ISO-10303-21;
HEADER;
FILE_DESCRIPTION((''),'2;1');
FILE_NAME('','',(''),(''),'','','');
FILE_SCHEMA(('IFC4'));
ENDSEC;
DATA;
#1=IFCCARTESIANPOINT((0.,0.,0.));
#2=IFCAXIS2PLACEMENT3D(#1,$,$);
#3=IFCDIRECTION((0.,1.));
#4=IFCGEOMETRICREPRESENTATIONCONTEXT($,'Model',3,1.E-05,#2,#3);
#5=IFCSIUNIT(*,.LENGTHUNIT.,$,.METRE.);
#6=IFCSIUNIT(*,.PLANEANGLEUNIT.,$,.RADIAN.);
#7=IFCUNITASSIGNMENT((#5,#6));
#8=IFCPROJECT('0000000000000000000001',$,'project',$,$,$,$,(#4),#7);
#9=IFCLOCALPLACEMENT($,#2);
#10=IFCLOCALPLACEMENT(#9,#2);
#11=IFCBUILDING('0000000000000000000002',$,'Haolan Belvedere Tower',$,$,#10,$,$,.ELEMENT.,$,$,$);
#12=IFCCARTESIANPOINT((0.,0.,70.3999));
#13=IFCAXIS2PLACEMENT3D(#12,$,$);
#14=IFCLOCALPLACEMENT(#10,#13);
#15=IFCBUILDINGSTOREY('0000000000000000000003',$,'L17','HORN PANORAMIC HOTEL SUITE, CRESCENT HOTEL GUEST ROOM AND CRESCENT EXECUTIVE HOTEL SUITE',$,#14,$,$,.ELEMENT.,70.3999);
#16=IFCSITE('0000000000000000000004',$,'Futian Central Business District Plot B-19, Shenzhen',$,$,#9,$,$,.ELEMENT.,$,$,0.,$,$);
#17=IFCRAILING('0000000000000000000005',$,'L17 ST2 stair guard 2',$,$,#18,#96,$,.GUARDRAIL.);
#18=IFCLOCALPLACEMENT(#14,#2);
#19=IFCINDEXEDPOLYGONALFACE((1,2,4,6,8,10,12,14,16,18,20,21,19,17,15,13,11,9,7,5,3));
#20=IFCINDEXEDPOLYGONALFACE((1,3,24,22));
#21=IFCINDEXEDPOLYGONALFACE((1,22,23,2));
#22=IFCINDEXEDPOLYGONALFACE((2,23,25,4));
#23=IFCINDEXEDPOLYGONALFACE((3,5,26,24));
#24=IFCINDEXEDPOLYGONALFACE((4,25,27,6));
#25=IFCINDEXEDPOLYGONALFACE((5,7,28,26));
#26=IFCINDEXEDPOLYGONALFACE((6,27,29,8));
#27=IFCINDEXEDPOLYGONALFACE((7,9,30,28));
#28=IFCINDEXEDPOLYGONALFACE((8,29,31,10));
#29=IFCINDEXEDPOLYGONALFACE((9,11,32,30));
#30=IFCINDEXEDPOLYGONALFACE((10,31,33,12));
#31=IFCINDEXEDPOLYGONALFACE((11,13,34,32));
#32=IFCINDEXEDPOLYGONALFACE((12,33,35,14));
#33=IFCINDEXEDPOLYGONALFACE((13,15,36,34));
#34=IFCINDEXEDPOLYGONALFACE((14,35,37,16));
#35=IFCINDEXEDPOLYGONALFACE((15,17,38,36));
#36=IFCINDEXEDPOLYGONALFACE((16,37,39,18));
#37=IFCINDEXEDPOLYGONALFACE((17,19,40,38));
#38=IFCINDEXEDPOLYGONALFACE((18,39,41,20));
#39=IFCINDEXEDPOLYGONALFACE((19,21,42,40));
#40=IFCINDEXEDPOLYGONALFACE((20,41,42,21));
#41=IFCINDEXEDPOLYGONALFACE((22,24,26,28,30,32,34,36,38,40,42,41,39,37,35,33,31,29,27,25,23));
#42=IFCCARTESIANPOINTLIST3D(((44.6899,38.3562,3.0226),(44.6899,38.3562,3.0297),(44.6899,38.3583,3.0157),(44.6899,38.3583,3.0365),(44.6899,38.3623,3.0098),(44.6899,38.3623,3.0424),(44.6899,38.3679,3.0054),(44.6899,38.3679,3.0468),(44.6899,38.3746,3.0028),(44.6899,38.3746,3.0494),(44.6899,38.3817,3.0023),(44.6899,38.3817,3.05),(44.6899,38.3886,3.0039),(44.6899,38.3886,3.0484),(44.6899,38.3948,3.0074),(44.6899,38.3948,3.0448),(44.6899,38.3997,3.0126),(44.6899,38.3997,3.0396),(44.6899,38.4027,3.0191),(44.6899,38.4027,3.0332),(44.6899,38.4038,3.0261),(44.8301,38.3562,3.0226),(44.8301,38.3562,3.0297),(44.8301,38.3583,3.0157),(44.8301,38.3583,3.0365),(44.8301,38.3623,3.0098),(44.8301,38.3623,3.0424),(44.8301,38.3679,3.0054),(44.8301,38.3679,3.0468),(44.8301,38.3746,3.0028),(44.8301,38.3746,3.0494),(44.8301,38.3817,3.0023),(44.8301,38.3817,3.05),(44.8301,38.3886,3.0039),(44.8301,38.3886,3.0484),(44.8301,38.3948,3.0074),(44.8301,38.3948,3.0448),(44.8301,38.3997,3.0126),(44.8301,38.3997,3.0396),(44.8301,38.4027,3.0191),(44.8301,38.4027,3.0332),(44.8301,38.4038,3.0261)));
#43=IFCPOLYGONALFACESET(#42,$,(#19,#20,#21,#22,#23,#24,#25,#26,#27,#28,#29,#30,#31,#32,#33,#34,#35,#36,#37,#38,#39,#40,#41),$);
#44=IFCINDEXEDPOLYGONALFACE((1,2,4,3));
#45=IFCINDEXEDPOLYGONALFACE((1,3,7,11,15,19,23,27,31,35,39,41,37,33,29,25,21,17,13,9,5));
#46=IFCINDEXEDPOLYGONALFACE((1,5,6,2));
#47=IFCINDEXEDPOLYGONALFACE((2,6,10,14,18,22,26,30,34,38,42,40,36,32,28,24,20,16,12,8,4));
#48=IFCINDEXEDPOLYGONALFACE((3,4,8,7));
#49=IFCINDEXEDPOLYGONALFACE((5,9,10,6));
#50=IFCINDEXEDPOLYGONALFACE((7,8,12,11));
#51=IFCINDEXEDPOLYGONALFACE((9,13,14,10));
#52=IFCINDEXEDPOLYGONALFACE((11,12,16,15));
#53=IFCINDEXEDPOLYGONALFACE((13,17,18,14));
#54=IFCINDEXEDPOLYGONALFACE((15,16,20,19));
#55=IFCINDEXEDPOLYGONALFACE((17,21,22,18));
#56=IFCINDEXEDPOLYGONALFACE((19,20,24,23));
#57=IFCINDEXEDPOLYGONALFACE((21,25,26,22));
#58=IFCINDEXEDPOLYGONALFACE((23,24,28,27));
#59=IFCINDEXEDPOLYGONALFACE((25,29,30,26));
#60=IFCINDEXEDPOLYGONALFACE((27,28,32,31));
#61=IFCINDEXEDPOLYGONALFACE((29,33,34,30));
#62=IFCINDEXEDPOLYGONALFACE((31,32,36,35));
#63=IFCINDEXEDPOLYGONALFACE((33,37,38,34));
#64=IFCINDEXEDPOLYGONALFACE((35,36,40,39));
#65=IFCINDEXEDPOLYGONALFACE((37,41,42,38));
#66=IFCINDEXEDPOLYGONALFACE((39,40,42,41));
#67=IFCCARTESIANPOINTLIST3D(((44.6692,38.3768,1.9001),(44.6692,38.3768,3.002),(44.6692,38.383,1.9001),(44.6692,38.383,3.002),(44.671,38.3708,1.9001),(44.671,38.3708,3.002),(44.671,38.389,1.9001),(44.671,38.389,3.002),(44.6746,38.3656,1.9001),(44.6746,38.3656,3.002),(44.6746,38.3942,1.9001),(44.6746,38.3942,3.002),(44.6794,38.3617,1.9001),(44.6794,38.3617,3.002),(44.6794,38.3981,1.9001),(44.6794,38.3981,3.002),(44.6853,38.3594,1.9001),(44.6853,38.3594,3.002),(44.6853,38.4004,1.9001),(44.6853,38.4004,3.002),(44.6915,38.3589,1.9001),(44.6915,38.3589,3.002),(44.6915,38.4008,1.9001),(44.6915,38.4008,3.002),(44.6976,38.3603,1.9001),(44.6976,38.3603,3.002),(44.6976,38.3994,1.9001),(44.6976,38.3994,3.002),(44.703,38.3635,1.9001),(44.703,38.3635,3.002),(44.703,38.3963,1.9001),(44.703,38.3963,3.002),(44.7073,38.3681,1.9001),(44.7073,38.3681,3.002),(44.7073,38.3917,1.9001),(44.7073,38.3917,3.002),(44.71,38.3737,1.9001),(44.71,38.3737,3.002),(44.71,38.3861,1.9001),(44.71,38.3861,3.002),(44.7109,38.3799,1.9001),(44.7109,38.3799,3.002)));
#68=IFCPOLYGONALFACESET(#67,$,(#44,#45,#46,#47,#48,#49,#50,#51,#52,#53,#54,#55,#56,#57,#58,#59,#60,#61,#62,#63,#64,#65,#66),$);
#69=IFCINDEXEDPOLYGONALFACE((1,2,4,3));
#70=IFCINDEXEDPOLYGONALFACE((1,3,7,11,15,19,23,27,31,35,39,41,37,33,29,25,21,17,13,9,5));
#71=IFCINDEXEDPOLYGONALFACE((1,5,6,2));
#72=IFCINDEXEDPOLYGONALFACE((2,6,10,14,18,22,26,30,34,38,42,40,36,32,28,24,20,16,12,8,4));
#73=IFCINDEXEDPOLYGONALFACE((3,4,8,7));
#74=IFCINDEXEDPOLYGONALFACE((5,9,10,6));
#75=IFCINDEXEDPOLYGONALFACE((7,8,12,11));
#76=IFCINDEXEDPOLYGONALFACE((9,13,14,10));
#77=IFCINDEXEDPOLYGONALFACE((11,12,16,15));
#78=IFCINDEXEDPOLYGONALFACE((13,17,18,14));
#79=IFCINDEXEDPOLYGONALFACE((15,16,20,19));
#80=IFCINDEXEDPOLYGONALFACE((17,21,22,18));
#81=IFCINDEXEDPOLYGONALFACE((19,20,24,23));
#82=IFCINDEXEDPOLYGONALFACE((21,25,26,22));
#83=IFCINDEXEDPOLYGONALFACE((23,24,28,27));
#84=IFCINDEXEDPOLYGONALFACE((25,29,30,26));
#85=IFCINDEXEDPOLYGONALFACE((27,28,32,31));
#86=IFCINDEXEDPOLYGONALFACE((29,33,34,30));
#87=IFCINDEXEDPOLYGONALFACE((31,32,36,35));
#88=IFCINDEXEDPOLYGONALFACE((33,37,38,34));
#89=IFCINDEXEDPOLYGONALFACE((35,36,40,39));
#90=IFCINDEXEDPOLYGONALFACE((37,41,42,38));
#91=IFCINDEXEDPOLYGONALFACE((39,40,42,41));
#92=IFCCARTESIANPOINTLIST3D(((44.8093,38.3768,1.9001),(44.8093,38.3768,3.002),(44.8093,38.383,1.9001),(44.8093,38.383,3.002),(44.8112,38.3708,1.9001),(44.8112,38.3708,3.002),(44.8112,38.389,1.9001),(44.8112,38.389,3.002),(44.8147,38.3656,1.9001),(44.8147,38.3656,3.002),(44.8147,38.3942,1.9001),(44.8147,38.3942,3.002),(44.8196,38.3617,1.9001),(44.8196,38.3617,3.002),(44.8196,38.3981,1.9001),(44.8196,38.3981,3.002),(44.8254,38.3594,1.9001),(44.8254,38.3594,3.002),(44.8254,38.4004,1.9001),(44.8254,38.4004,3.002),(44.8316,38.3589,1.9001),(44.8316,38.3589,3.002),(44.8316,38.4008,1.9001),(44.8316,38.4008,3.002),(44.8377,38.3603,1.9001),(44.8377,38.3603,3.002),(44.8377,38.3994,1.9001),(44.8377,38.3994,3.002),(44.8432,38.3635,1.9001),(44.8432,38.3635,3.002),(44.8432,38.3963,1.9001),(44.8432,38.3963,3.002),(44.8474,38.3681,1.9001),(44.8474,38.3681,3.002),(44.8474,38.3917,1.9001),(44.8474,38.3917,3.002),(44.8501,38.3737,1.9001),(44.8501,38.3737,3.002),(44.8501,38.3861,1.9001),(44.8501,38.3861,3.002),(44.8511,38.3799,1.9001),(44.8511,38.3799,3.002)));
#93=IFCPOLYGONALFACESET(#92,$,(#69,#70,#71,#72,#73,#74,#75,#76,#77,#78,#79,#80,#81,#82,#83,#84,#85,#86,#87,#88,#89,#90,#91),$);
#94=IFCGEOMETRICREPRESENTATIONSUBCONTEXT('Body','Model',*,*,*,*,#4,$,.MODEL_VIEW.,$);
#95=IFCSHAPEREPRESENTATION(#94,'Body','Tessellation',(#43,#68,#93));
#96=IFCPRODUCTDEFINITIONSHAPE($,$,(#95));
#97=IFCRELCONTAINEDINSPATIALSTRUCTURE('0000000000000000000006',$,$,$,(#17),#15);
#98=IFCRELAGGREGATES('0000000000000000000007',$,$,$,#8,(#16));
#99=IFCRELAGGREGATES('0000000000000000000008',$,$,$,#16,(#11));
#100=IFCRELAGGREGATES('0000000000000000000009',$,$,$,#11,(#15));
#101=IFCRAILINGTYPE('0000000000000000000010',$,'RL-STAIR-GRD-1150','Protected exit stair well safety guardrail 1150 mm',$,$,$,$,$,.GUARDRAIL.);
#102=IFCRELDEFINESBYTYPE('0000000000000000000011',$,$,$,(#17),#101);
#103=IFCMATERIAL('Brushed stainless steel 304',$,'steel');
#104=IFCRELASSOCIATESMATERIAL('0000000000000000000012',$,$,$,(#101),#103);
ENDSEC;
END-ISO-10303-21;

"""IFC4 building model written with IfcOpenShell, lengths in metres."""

from ifc_helpers import new_model, si_unit, direction, frame, origin, origin_2d, place, context, subcontext, project, spatial, circle, extrude, material, type_object, element, save


model = new_model("IFC4")

# Units and contexts
model_context = context("Model", 3, precision=1e-05, world=origin(), true_north=direction((0.0, 1.0)))
body_context = subcontext(model_context, "Body", "Model", "MODEL_VIEW")
ifc_project = project(units=[si_unit("LENGTHUNIT", "METRE"), si_unit("PLANEANGLEUNIT", "RADIAN")], contexts=[model_context])

# Site, building, storey
site_placement = place(None, origin())
site = spatial("IfcSite", under=ifc_project, at=site_placement, Name="Futian Central Business District Plot B-19, Shenzhen", CompositionType="ELEMENT", RefElevation=0.0)
building_placement = place(site_placement, origin())
building = spatial("IfcBuilding", under=site, at=building_placement, Name="Haolan Belvedere Tower", CompositionType="ELEMENT")
storey_placement = place(building_placement, frame((0.0, 0.0, 70.3999)))
storey = spatial("IfcBuildingStorey", under=building, at=storey_placement, Name="L17", Description="HORN PANORAMIC HOTEL SUITE, CRESCENT HOTEL GUEST ROOM AND CRESCENT EXECUTIVE HOTEL SUITE", CompositionType="ELEMENT", Elevation=70.3999)

# Railing
ifc_material_1 = material(Name="Brushed stainless steel 304", Category="steel")
railing_type_1 = type_object("IfcRailingType", Name="RL-STAIR-GRD-1150", Description="Protected exit stair well safety guardrail 1150 mm", PredefinedType="GUARDRAIL", material=ifc_material_1)
railing_1_placement = place(storey_placement, frame((44.6899, 38.3799, 1.9001)))
element("IfcRailing", 1, at=railing_1_placement, inside=storey, type_object=railing_type_1, Name="L17 ST2 stair guard 2", PredefinedType="GUARDRAIL", context=body_context, shape_type="SweptSolid", body=[
    extrude(circle(Radius=0.0239, at=origin_2d()), frame((0.0, 0.0, 1.126), z_axis=(1.0, 0.0, 0.0), x_axis=(0.0, 1.0, 0.0)), (0.0, 0.0, 1.0), 0.1401),
    extrude(circle(Radius=0.021, at=origin_2d()), origin(), (0.0, 0.0, 1.0), 1.1018),
    extrude(circle(Radius=0.021, at=origin_2d()), frame((0.1401, 0.0, 0.0)), (0.0, 0.0, 1.0), 1.1018),
])

save(model, "model.ifc")
